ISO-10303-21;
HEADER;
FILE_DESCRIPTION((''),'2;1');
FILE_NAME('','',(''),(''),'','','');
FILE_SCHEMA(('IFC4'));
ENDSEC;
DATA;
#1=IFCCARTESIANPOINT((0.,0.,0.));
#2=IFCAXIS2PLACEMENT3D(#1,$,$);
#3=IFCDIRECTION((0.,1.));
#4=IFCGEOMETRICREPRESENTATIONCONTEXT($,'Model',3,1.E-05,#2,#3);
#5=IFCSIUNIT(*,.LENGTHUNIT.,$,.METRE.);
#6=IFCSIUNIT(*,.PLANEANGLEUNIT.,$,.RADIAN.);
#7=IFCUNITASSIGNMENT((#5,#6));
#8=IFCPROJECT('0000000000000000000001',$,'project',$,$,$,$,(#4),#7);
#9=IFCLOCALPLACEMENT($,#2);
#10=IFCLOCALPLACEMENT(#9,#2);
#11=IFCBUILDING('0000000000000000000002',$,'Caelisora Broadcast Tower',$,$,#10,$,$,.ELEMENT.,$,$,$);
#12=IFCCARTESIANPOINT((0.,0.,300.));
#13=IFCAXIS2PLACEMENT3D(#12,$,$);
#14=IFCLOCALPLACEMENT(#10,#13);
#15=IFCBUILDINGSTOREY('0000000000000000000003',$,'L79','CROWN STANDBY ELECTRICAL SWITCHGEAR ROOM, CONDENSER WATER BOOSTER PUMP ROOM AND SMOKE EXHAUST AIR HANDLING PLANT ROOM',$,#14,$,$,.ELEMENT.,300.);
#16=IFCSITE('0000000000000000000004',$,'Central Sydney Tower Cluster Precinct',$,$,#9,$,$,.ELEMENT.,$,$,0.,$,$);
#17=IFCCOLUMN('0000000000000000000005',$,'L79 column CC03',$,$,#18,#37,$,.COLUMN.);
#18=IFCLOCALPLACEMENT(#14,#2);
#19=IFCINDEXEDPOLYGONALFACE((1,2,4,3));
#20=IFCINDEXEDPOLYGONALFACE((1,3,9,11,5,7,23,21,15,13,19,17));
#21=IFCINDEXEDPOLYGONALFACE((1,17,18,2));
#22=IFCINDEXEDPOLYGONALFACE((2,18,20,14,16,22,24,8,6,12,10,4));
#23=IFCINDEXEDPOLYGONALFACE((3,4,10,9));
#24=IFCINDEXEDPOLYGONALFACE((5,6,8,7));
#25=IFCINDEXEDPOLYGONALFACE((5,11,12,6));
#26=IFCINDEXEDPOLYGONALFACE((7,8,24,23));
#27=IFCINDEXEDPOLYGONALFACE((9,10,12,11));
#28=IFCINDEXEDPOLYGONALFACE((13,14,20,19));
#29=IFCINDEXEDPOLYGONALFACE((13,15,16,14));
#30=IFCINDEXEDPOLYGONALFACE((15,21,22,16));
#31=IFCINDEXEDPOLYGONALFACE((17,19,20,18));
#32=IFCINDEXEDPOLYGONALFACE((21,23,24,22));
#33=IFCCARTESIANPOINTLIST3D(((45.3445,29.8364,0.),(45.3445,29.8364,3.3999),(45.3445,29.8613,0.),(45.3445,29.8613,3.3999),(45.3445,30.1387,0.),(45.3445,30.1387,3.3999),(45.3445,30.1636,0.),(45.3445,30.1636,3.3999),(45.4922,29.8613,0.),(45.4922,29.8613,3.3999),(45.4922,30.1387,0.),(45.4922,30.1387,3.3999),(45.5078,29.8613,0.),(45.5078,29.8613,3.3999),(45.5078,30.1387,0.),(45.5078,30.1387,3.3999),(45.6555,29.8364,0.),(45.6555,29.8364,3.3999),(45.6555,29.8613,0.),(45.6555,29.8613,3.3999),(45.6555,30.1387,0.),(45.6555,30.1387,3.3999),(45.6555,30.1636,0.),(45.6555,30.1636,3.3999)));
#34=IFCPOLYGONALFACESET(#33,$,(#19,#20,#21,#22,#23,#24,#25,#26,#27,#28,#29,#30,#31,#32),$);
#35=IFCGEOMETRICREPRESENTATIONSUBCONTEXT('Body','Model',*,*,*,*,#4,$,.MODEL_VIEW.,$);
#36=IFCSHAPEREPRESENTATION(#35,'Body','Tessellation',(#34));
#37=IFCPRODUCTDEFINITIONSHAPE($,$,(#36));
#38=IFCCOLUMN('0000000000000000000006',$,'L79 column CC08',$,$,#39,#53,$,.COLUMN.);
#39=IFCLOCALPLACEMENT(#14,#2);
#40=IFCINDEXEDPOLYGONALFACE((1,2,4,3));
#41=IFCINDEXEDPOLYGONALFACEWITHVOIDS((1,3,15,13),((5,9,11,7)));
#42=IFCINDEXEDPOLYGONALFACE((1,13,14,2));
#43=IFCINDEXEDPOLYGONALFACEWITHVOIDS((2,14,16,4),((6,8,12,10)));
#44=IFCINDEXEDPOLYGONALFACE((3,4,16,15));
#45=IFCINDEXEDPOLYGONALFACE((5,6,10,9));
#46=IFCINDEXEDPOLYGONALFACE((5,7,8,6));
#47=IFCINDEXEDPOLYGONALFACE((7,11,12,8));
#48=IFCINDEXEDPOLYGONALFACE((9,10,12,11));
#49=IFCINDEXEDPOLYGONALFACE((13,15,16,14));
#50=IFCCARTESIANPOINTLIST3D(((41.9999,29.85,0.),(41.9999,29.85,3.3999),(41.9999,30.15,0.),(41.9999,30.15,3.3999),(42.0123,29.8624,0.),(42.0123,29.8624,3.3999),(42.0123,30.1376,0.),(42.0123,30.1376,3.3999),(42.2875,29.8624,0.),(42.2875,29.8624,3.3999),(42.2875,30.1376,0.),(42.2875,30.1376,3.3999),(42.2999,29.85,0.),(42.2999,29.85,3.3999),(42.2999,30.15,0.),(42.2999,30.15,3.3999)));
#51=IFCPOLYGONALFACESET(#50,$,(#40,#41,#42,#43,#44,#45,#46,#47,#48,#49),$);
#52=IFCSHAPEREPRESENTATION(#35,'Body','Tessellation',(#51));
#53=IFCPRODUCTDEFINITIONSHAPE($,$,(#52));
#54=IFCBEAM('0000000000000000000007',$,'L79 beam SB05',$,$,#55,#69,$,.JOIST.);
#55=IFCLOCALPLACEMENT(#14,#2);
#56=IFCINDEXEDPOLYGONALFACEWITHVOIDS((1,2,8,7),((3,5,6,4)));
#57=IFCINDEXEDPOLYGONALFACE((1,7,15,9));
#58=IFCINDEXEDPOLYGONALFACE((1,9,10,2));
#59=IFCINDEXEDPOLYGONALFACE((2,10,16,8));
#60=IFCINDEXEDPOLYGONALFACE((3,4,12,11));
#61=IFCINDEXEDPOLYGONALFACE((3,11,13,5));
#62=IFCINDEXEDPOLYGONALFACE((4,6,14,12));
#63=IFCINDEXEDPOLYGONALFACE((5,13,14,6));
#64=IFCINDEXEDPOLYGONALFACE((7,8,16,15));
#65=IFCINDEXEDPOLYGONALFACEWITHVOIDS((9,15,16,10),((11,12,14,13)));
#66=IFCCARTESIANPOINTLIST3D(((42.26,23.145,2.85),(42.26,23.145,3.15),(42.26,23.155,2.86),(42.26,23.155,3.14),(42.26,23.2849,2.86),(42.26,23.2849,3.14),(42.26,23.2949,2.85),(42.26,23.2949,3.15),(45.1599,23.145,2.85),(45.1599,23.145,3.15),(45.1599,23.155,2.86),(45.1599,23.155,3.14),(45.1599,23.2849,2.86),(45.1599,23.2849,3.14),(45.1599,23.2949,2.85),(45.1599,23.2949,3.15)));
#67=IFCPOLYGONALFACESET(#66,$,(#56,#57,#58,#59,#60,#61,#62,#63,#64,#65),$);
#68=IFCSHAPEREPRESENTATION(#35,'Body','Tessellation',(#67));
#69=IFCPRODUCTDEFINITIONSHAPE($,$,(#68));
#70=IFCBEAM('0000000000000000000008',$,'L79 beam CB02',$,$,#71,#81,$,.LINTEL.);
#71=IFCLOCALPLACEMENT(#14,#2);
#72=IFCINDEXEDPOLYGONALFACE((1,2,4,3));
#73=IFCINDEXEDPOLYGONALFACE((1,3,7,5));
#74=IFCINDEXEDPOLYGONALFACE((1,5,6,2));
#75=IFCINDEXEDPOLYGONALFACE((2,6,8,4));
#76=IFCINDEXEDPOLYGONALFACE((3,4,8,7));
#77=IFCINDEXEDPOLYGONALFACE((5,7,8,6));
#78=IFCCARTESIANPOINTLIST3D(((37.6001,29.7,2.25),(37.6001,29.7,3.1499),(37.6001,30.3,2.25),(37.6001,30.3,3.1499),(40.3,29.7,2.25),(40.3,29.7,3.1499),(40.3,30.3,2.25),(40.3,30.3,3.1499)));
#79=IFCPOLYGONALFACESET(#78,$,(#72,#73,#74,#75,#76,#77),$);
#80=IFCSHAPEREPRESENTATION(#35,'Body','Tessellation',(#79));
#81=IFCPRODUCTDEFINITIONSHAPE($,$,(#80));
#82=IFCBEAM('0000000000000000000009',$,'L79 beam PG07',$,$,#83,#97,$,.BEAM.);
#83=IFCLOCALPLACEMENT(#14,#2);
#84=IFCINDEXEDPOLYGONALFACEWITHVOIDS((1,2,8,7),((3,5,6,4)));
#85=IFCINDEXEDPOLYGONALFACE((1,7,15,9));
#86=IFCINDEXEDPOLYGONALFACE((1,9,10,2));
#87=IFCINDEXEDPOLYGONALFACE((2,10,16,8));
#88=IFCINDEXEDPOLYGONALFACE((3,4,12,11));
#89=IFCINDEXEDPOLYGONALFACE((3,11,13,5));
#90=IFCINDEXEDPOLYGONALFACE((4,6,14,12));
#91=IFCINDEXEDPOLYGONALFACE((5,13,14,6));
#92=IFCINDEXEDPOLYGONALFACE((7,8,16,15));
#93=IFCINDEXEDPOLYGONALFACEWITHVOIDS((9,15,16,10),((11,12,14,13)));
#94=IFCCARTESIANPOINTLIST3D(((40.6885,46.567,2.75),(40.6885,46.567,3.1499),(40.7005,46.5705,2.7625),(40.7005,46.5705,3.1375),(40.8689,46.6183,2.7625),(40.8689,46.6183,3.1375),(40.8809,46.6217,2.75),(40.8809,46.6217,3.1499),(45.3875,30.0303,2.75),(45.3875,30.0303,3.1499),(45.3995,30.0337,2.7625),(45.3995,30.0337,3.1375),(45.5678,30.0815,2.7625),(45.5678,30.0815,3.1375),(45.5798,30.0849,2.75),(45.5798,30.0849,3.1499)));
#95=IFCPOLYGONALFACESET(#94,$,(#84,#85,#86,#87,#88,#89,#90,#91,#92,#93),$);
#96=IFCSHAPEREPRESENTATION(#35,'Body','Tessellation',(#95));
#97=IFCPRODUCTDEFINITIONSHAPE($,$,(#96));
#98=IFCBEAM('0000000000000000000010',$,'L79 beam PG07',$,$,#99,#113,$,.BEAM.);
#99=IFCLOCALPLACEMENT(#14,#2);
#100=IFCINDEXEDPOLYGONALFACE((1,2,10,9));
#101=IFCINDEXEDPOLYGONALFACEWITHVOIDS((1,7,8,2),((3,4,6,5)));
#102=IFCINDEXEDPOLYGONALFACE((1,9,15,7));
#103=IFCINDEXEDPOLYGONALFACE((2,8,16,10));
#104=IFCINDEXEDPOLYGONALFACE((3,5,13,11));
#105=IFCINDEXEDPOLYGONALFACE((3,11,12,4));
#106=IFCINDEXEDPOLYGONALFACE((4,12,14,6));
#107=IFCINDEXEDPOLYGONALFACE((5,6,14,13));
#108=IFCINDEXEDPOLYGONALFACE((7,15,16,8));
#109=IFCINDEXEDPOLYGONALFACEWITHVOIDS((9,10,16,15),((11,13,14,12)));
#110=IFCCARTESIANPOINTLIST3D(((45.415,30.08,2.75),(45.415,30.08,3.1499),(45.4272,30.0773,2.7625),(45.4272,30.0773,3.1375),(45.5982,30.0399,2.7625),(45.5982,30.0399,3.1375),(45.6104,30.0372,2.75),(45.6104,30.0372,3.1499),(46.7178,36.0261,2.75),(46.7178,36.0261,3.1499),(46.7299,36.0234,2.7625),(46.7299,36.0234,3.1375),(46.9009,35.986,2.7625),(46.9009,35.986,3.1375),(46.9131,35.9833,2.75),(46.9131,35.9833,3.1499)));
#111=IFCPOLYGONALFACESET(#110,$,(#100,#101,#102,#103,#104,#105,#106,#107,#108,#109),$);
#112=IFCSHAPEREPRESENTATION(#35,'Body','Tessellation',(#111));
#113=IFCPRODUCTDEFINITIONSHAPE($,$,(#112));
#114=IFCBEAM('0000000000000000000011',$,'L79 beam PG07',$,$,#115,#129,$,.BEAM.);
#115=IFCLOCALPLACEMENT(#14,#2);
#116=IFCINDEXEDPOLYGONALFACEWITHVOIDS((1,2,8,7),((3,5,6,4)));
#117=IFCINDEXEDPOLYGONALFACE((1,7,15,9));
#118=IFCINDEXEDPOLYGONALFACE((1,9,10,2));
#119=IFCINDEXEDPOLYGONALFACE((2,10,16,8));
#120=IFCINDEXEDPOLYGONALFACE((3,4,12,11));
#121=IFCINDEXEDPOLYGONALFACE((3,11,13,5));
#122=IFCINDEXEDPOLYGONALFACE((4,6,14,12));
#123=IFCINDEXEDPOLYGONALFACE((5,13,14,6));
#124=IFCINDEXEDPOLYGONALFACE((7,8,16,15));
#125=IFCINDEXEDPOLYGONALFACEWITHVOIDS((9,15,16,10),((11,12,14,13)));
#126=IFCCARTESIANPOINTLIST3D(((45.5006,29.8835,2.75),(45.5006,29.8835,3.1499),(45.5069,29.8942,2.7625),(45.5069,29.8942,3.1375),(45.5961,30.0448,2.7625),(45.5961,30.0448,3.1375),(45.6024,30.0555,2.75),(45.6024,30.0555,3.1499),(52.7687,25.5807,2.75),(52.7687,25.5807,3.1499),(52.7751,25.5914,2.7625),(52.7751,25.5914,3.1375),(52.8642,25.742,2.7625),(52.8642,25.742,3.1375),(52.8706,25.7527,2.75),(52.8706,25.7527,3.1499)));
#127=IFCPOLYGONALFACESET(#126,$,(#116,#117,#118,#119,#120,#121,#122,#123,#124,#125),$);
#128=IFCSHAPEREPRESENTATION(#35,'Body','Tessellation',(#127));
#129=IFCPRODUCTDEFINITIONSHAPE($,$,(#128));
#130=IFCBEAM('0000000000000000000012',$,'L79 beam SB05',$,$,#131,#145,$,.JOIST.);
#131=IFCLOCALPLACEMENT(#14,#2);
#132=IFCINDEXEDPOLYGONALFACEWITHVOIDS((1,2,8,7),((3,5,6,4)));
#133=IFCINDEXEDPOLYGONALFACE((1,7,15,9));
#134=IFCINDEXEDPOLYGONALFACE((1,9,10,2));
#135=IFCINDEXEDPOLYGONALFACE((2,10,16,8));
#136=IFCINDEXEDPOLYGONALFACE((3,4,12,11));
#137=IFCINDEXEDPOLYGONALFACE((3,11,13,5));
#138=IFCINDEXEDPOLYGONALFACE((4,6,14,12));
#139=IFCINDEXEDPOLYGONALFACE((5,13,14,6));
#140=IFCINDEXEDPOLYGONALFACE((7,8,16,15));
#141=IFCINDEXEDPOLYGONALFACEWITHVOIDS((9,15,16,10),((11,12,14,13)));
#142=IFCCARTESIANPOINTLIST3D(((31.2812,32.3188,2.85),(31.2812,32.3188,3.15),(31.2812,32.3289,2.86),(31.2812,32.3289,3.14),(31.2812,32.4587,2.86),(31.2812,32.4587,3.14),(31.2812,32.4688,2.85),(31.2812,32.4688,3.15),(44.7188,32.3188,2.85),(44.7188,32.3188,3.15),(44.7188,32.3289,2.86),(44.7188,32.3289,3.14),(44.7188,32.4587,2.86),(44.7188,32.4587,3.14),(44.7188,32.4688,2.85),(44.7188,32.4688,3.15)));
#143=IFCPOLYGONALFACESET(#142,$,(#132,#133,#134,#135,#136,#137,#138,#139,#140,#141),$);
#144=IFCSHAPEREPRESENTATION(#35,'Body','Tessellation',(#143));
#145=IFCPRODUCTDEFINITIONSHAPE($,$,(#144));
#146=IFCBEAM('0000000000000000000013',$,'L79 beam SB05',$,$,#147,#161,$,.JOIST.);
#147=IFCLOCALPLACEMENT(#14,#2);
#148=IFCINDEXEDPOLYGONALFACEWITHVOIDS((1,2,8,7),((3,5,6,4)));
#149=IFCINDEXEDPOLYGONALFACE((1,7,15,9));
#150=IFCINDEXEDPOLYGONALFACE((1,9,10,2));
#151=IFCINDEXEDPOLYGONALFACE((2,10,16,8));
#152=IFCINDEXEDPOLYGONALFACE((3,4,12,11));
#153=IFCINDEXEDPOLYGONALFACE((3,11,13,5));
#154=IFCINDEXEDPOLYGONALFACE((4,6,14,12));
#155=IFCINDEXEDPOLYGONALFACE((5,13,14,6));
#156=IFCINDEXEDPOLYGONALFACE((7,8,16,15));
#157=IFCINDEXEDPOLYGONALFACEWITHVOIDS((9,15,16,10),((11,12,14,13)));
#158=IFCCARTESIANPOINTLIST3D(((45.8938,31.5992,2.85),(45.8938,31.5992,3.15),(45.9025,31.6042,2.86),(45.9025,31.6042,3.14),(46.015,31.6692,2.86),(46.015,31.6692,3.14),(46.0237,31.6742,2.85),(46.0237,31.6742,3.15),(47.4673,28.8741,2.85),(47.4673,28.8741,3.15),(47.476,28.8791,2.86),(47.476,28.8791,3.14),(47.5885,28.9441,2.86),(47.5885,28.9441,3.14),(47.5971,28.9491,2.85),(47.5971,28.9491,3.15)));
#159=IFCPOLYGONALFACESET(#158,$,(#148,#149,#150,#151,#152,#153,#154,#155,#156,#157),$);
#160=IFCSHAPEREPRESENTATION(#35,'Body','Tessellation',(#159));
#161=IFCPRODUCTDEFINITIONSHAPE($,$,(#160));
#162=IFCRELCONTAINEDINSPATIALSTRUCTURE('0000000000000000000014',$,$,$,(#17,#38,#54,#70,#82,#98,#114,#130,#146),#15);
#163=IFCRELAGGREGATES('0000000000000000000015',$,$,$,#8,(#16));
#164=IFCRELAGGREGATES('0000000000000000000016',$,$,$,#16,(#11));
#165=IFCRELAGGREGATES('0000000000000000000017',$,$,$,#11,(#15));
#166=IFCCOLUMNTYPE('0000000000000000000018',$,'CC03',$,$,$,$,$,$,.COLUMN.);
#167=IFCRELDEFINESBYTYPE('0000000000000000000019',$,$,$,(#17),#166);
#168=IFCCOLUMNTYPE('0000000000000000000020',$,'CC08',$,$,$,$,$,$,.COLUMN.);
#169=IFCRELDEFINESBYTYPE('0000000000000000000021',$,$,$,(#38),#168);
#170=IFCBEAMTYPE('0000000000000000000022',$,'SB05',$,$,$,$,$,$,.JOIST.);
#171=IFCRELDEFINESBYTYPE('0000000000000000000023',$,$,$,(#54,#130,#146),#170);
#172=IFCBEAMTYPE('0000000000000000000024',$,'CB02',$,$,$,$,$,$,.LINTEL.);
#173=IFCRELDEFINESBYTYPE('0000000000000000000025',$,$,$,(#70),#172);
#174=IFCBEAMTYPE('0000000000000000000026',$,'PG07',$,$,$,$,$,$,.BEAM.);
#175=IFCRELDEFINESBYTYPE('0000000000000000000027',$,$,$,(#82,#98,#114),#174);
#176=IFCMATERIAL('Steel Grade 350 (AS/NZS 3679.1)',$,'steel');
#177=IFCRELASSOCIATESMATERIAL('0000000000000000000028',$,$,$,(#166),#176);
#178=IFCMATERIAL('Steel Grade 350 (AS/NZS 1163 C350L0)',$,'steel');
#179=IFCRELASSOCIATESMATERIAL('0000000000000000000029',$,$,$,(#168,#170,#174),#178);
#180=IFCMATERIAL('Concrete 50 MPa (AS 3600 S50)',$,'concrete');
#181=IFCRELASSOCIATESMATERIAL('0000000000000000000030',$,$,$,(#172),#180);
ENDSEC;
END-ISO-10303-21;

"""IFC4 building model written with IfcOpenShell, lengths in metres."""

from ifc_helpers import new_model, si_unit, direction, frame, origin, origin_2d, place, context, subcontext, project, spatial, rectangle, hollow_rectangle, i_section, extrude, source, transform, mapped, material, material_profile, profile_set, type_object, type_shapes, element, save


model = new_model("IFC4")

# Units and contexts
model_context = context("Model", 3, precision=1e-05, world=origin(), true_north=direction((0.0, 1.0)))
body_context = subcontext(model_context, "Body", "Model", "MODEL_VIEW")
ifc_project = project(units=[si_unit("LENGTHUNIT", "METRE"), si_unit("PLANEANGLEUNIT", "RADIAN")], contexts=[model_context])

# Site, building, storey
site_placement = place(None, origin())
site = spatial("IfcSite", under=ifc_project, at=site_placement, Name="Central Sydney Tower Cluster Precinct", CompositionType="ELEMENT", RefElevation=0.0)
building_placement = place(site_placement, origin())
building = spatial("IfcBuilding", under=site, at=building_placement, Name="Caelisora Broadcast Tower", CompositionType="ELEMENT")
storey_placement = place(building_placement, frame((0.0, 0.0, 300.0)))
storey = spatial("IfcBuildingStorey", under=building, at=storey_placement, Name="L79", Description="CROWN STANDBY ELECTRICAL SWITCHGEAR ROOM, CONDENSER WATER BOOSTER PUMP ROOM AND SMOKE EXHAUST AIR HANDLING PLANT ROOM", CompositionType="ELEMENT", Elevation=300.0)

# Columns
ifc_material_1 = material(Name="Steel Grade 350 (AS/NZS 3679.1)", Category="steel")
ifc_material_profile_1 = material_profile(ifc_material_1, i_section(OverallWidth=0.311, OverallDepth=0.3271, WebThickness=0.0156, FlangeThickness=0.0249, at=origin_2d()), Name="Steel Grade 350 (AS/NZS 3679.1)")
ifc_profile_set_1 = profile_set([ifc_material_profile_1], Name="Steel Grade 350 (AS/NZS 3679.1)")
column_type_1 = type_object("IfcColumnType", Name="CC03", PredefinedType="COLUMN", material=ifc_profile_set_1)
shared_shape_1 = source(origin(), body_context, "Body", "SweptSolid", [
    extrude(i_section(OverallWidth=0.311, OverallDepth=0.3271, WebThickness=0.0156, FlangeThickness=0.0249, at=origin_2d()), origin(), (0.0, 0.0, 1.0), 3.3999),
])
type_shapes(column_type_1, [shared_shape_1])
column_1_placement = place(storey_placement, frame((45.5, 30.0, 0.0), z_axis=(0.0, 0.0, 1.0), x_axis=(1.0, 0.0, 0.0)))
element("IfcColumn", 1, at=column_1_placement, inside=storey, type_object=column_type_1, Name="L79 column CC03", PredefinedType="COLUMN", context=body_context, shape_type="MappedRepresentation", body=[
    mapped(shared_shape_1, transform((0.0, 0.0, 0.0), scale=1.0)),
])
ifc_material_2 = material(Name="Steel Grade 350 (AS/NZS 1163 C350L0)", Category="steel")
ifc_material_profile_2 = material_profile(ifc_material_2, hollow_rectangle(XDim=0.3, YDim=0.3, WallThickness=0.0125, at=origin_2d()), Name="Steel Grade 350 (AS/NZS 1163 C350L0)")
ifc_profile_set_2 = profile_set([ifc_material_profile_2], Name="Steel Grade 350 (AS/NZS 1163 C350L0)")
column_type_2 = type_object("IfcColumnType", Name="CC08", PredefinedType="COLUMN", material=ifc_profile_set_2)
shared_shape_2 = source(origin(), body_context, "Body", "SweptSolid", [
    extrude(hollow_rectangle(XDim=0.3, YDim=0.3, WallThickness=0.0125, at=origin_2d()), origin(), (0.0, 0.0, 1.0), 3.3999),
])
type_shapes(column_type_2, [shared_shape_2])
column_2_placement = place(storey_placement, frame((42.1499, 30.0, 0.0), z_axis=(0.0, 0.0, 1.0), x_axis=(1.0, 0.0, 0.0)))
element("IfcColumn", 2, at=column_2_placement, inside=storey, type_object=column_type_2, Name="L79 column CC08", PredefinedType="COLUMN", context=body_context, shape_type="MappedRepresentation", body=[
    mapped(shared_shape_2, transform((0.0, 0.0, 0.0), scale=1.0)),
])

# Beams
ifc_material_profile_3 = material_profile(ifc_material_2, hollow_rectangle(XDim=0.1499, YDim=0.3, WallThickness=0.01, at=origin_2d()), Name="Steel Grade 350 (AS/NZS 1163 C350L0)")
ifc_profile_set_3 = profile_set([ifc_material_profile_3], Name="Steel Grade 350 (AS/NZS 1163 C350L0)")
beam_type_1 = type_object("IfcBeamType", Name="SB05", PredefinedType="JOIST", material=ifc_profile_set_3)
shared_shape_3 = source(origin(), body_context, "Body", "SweptSolid", [
    extrude(hollow_rectangle(XDim=0.1499, YDim=0.3, WallThickness=0.01, at=origin_2d()), origin(), (0.0, 0.0, 1.0), 2.8999),
])
beam_1_placement = place(storey_placement, frame((42.26, 23.22, 3.0), z_axis=(1.0, 0.0, 0.0), x_axis=(0.0, 1.0, 0.0)))
element("IfcBeam", 3, at=beam_1_placement, inside=storey, type_object=beam_type_1, Name="L79 beam SB05", PredefinedType="JOIST", context=body_context, shape_type="MappedRepresentation", body=[
    mapped(shared_shape_3, transform((0.0, 0.0, 0.0), scale=1.0)),
])
ifc_material_3 = material(Name="Concrete 50 MPa (AS 3600 S50)", Category="concrete")
ifc_material_profile_4 = material_profile(ifc_material_3, rectangle(XDim=0.6001, YDim=0.8999, at=origin_2d()), Name="Concrete 50 MPa (AS 3600 S50)")
ifc_profile_set_4 = profile_set([ifc_material_profile_4], Name="Concrete 50 MPa (AS 3600 S50)")
beam_type_2 = type_object("IfcBeamType", Name="CB02", PredefinedType="LINTEL", material=ifc_profile_set_4)
shared_shape_4 = source(origin(), body_context, "Body", "SweptSolid", [
    extrude(rectangle(XDim=0.6001, YDim=0.8999, at=origin_2d()), origin(), (0.0, 0.0, 1.0), 2.7),
])
type_shapes(beam_type_2, [shared_shape_4])
beam_2_placement = place(storey_placement, frame((37.6001, 30.0, 2.7), z_axis=(1.0, 0.0, 0.0), x_axis=(0.0, 1.0, 0.0)))
element("IfcBeam", 4, at=beam_2_placement, inside=storey, type_object=beam_type_2, Name="L79 beam CB02", PredefinedType="LINTEL", context=body_context, shape_type="MappedRepresentation", body=[
    mapped(shared_shape_4, transform((0.0, 0.0, 0.0), scale=1.0)),
])
ifc_material_profile_5 = material_profile(ifc_material_2, hollow_rectangle(XDim=0.2, YDim=0.3999, WallThickness=0.0125, at=origin_2d()), Name="Steel Grade 350 (AS/NZS 1163 C350L0)")
ifc_profile_set_5 = profile_set([ifc_material_profile_5], Name="Steel Grade 350 (AS/NZS 1163 C350L0)")
beam_type_3 = type_object("IfcBeamType", Name="PG07", PredefinedType="BEAM", material=ifc_profile_set_5)
shared_shape_5 = source(origin(), body_context, "Body", "SweptSolid", [
    extrude(hollow_rectangle(XDim=0.2, YDim=0.3999, WallThickness=0.0125, at=origin_2d()), origin(), (0.0, 0.0, 1.0), 17.1914),
])
beam_3_placement = place(storey_placement, frame((45.4836, 30.0576, 2.95), z_axis=(-0.273331, 0.96192, 0.0), x_axis=(-0.96192, -0.273331, 0.0)))
element("IfcBeam", 5, at=beam_3_placement, inside=storey, type_object=beam_type_3, Name="L79 beam PG07", PredefinedType="BEAM", context=body_context, shape_type="MappedRepresentation", body=[
    mapped(shared_shape_5, transform((0.0, 0.0, 0.0), scale=1.0)),
])
shared_shape_6 = source(origin(), body_context, "Body", "SweptSolid", [
    extrude(hollow_rectangle(XDim=0.2, YDim=0.3999, WallThickness=0.0125, at=origin_2d()), origin(), (0.0, 0.0, 1.0), 6.0872),
])
beam_4_placement = place(storey_placement, frame((45.5127, 30.0586, 2.95), z_axis=(0.214016, 0.97683, 0.0), x_axis=(-0.97683, 0.214016, 0.0)))
element("IfcBeam", 6, at=beam_4_placement, inside=storey, type_object=beam_type_3, Name="L79 beam PG07", PredefinedType="BEAM", context=body_context, shape_type="MappedRepresentation", body=[
    mapped(shared_shape_6, transform((0.0, 0.0, 0.0), scale=1.0)),
])
shared_shape_7 = source(origin(), body_context, "Body", "SweptSolid", [
    extrude(hollow_rectangle(XDim=0.2, YDim=0.3999, WallThickness=0.0125, at=origin_2d()), origin(), (0.0, 0.0, 1.0), 8.4463),
])
type_shapes(beam_type_3, [shared_shape_5, shared_shape_6, shared_shape_7])
beam_5_placement = place(storey_placement, frame((45.5515, 29.9695, 2.95), z_axis=(0.860513, -0.509428, 0.0), x_axis=(0.509428, 0.860513, 0.0)))
element("IfcBeam", 7, at=beam_5_placement, inside=storey, type_object=beam_type_3, Name="L79 beam PG07", PredefinedType="BEAM", context=body_context, shape_type="MappedRepresentation", body=[
    mapped(shared_shape_7, transform((0.0, 0.0, 0.0), scale=1.0)),
])
shared_shape_8 = source(origin(), body_context, "Body", "SweptSolid", [
    extrude(hollow_rectangle(XDim=0.1499, YDim=0.3, WallThickness=0.01, at=origin_2d()), origin(), (0.0, 0.0, 1.0), 13.4375),
])
beam_6_placement = place(storey_placement, frame((44.7188, 32.3938, 3.0), z_axis=(-1.0, 0.0, 0.0), x_axis=(0.0, -1.0, 0.0)))
element("IfcBeam", 8, at=beam_6_placement, inside=storey, type_object=beam_type_1, Name="L79 beam SB05", PredefinedType="JOIST", context=body_context, shape_type="MappedRepresentation", body=[
    mapped(shared_shape_8, transform((0.0, 0.0, 0.0), scale=1.0)),
])
shared_shape_9 = source(origin(), body_context, "Body", "SweptSolid", [
    extrude(hollow_rectangle(XDim=0.1499, YDim=0.3, WallThickness=0.01, at=origin_2d()), origin(), (0.0, 0.0, 1.0), 3.1467),
])
beam_7_placement = place(storey_placement, frame((47.5322, 28.9116, 3.0), z_axis=(-0.500036, 0.866005, 0.0), x_axis=(-0.866005, -0.500036, 0.0)))
element("IfcBeam", 9, at=beam_7_placement, inside=storey, type_object=beam_type_1, Name="L79 beam SB05", PredefinedType="JOIST", context=body_context, shape_type="MappedRepresentation", body=[
    mapped(shared_shape_9, transform((0.0, 0.0, 0.0), scale=1.0)),
])

save(model, "model.ifc")
